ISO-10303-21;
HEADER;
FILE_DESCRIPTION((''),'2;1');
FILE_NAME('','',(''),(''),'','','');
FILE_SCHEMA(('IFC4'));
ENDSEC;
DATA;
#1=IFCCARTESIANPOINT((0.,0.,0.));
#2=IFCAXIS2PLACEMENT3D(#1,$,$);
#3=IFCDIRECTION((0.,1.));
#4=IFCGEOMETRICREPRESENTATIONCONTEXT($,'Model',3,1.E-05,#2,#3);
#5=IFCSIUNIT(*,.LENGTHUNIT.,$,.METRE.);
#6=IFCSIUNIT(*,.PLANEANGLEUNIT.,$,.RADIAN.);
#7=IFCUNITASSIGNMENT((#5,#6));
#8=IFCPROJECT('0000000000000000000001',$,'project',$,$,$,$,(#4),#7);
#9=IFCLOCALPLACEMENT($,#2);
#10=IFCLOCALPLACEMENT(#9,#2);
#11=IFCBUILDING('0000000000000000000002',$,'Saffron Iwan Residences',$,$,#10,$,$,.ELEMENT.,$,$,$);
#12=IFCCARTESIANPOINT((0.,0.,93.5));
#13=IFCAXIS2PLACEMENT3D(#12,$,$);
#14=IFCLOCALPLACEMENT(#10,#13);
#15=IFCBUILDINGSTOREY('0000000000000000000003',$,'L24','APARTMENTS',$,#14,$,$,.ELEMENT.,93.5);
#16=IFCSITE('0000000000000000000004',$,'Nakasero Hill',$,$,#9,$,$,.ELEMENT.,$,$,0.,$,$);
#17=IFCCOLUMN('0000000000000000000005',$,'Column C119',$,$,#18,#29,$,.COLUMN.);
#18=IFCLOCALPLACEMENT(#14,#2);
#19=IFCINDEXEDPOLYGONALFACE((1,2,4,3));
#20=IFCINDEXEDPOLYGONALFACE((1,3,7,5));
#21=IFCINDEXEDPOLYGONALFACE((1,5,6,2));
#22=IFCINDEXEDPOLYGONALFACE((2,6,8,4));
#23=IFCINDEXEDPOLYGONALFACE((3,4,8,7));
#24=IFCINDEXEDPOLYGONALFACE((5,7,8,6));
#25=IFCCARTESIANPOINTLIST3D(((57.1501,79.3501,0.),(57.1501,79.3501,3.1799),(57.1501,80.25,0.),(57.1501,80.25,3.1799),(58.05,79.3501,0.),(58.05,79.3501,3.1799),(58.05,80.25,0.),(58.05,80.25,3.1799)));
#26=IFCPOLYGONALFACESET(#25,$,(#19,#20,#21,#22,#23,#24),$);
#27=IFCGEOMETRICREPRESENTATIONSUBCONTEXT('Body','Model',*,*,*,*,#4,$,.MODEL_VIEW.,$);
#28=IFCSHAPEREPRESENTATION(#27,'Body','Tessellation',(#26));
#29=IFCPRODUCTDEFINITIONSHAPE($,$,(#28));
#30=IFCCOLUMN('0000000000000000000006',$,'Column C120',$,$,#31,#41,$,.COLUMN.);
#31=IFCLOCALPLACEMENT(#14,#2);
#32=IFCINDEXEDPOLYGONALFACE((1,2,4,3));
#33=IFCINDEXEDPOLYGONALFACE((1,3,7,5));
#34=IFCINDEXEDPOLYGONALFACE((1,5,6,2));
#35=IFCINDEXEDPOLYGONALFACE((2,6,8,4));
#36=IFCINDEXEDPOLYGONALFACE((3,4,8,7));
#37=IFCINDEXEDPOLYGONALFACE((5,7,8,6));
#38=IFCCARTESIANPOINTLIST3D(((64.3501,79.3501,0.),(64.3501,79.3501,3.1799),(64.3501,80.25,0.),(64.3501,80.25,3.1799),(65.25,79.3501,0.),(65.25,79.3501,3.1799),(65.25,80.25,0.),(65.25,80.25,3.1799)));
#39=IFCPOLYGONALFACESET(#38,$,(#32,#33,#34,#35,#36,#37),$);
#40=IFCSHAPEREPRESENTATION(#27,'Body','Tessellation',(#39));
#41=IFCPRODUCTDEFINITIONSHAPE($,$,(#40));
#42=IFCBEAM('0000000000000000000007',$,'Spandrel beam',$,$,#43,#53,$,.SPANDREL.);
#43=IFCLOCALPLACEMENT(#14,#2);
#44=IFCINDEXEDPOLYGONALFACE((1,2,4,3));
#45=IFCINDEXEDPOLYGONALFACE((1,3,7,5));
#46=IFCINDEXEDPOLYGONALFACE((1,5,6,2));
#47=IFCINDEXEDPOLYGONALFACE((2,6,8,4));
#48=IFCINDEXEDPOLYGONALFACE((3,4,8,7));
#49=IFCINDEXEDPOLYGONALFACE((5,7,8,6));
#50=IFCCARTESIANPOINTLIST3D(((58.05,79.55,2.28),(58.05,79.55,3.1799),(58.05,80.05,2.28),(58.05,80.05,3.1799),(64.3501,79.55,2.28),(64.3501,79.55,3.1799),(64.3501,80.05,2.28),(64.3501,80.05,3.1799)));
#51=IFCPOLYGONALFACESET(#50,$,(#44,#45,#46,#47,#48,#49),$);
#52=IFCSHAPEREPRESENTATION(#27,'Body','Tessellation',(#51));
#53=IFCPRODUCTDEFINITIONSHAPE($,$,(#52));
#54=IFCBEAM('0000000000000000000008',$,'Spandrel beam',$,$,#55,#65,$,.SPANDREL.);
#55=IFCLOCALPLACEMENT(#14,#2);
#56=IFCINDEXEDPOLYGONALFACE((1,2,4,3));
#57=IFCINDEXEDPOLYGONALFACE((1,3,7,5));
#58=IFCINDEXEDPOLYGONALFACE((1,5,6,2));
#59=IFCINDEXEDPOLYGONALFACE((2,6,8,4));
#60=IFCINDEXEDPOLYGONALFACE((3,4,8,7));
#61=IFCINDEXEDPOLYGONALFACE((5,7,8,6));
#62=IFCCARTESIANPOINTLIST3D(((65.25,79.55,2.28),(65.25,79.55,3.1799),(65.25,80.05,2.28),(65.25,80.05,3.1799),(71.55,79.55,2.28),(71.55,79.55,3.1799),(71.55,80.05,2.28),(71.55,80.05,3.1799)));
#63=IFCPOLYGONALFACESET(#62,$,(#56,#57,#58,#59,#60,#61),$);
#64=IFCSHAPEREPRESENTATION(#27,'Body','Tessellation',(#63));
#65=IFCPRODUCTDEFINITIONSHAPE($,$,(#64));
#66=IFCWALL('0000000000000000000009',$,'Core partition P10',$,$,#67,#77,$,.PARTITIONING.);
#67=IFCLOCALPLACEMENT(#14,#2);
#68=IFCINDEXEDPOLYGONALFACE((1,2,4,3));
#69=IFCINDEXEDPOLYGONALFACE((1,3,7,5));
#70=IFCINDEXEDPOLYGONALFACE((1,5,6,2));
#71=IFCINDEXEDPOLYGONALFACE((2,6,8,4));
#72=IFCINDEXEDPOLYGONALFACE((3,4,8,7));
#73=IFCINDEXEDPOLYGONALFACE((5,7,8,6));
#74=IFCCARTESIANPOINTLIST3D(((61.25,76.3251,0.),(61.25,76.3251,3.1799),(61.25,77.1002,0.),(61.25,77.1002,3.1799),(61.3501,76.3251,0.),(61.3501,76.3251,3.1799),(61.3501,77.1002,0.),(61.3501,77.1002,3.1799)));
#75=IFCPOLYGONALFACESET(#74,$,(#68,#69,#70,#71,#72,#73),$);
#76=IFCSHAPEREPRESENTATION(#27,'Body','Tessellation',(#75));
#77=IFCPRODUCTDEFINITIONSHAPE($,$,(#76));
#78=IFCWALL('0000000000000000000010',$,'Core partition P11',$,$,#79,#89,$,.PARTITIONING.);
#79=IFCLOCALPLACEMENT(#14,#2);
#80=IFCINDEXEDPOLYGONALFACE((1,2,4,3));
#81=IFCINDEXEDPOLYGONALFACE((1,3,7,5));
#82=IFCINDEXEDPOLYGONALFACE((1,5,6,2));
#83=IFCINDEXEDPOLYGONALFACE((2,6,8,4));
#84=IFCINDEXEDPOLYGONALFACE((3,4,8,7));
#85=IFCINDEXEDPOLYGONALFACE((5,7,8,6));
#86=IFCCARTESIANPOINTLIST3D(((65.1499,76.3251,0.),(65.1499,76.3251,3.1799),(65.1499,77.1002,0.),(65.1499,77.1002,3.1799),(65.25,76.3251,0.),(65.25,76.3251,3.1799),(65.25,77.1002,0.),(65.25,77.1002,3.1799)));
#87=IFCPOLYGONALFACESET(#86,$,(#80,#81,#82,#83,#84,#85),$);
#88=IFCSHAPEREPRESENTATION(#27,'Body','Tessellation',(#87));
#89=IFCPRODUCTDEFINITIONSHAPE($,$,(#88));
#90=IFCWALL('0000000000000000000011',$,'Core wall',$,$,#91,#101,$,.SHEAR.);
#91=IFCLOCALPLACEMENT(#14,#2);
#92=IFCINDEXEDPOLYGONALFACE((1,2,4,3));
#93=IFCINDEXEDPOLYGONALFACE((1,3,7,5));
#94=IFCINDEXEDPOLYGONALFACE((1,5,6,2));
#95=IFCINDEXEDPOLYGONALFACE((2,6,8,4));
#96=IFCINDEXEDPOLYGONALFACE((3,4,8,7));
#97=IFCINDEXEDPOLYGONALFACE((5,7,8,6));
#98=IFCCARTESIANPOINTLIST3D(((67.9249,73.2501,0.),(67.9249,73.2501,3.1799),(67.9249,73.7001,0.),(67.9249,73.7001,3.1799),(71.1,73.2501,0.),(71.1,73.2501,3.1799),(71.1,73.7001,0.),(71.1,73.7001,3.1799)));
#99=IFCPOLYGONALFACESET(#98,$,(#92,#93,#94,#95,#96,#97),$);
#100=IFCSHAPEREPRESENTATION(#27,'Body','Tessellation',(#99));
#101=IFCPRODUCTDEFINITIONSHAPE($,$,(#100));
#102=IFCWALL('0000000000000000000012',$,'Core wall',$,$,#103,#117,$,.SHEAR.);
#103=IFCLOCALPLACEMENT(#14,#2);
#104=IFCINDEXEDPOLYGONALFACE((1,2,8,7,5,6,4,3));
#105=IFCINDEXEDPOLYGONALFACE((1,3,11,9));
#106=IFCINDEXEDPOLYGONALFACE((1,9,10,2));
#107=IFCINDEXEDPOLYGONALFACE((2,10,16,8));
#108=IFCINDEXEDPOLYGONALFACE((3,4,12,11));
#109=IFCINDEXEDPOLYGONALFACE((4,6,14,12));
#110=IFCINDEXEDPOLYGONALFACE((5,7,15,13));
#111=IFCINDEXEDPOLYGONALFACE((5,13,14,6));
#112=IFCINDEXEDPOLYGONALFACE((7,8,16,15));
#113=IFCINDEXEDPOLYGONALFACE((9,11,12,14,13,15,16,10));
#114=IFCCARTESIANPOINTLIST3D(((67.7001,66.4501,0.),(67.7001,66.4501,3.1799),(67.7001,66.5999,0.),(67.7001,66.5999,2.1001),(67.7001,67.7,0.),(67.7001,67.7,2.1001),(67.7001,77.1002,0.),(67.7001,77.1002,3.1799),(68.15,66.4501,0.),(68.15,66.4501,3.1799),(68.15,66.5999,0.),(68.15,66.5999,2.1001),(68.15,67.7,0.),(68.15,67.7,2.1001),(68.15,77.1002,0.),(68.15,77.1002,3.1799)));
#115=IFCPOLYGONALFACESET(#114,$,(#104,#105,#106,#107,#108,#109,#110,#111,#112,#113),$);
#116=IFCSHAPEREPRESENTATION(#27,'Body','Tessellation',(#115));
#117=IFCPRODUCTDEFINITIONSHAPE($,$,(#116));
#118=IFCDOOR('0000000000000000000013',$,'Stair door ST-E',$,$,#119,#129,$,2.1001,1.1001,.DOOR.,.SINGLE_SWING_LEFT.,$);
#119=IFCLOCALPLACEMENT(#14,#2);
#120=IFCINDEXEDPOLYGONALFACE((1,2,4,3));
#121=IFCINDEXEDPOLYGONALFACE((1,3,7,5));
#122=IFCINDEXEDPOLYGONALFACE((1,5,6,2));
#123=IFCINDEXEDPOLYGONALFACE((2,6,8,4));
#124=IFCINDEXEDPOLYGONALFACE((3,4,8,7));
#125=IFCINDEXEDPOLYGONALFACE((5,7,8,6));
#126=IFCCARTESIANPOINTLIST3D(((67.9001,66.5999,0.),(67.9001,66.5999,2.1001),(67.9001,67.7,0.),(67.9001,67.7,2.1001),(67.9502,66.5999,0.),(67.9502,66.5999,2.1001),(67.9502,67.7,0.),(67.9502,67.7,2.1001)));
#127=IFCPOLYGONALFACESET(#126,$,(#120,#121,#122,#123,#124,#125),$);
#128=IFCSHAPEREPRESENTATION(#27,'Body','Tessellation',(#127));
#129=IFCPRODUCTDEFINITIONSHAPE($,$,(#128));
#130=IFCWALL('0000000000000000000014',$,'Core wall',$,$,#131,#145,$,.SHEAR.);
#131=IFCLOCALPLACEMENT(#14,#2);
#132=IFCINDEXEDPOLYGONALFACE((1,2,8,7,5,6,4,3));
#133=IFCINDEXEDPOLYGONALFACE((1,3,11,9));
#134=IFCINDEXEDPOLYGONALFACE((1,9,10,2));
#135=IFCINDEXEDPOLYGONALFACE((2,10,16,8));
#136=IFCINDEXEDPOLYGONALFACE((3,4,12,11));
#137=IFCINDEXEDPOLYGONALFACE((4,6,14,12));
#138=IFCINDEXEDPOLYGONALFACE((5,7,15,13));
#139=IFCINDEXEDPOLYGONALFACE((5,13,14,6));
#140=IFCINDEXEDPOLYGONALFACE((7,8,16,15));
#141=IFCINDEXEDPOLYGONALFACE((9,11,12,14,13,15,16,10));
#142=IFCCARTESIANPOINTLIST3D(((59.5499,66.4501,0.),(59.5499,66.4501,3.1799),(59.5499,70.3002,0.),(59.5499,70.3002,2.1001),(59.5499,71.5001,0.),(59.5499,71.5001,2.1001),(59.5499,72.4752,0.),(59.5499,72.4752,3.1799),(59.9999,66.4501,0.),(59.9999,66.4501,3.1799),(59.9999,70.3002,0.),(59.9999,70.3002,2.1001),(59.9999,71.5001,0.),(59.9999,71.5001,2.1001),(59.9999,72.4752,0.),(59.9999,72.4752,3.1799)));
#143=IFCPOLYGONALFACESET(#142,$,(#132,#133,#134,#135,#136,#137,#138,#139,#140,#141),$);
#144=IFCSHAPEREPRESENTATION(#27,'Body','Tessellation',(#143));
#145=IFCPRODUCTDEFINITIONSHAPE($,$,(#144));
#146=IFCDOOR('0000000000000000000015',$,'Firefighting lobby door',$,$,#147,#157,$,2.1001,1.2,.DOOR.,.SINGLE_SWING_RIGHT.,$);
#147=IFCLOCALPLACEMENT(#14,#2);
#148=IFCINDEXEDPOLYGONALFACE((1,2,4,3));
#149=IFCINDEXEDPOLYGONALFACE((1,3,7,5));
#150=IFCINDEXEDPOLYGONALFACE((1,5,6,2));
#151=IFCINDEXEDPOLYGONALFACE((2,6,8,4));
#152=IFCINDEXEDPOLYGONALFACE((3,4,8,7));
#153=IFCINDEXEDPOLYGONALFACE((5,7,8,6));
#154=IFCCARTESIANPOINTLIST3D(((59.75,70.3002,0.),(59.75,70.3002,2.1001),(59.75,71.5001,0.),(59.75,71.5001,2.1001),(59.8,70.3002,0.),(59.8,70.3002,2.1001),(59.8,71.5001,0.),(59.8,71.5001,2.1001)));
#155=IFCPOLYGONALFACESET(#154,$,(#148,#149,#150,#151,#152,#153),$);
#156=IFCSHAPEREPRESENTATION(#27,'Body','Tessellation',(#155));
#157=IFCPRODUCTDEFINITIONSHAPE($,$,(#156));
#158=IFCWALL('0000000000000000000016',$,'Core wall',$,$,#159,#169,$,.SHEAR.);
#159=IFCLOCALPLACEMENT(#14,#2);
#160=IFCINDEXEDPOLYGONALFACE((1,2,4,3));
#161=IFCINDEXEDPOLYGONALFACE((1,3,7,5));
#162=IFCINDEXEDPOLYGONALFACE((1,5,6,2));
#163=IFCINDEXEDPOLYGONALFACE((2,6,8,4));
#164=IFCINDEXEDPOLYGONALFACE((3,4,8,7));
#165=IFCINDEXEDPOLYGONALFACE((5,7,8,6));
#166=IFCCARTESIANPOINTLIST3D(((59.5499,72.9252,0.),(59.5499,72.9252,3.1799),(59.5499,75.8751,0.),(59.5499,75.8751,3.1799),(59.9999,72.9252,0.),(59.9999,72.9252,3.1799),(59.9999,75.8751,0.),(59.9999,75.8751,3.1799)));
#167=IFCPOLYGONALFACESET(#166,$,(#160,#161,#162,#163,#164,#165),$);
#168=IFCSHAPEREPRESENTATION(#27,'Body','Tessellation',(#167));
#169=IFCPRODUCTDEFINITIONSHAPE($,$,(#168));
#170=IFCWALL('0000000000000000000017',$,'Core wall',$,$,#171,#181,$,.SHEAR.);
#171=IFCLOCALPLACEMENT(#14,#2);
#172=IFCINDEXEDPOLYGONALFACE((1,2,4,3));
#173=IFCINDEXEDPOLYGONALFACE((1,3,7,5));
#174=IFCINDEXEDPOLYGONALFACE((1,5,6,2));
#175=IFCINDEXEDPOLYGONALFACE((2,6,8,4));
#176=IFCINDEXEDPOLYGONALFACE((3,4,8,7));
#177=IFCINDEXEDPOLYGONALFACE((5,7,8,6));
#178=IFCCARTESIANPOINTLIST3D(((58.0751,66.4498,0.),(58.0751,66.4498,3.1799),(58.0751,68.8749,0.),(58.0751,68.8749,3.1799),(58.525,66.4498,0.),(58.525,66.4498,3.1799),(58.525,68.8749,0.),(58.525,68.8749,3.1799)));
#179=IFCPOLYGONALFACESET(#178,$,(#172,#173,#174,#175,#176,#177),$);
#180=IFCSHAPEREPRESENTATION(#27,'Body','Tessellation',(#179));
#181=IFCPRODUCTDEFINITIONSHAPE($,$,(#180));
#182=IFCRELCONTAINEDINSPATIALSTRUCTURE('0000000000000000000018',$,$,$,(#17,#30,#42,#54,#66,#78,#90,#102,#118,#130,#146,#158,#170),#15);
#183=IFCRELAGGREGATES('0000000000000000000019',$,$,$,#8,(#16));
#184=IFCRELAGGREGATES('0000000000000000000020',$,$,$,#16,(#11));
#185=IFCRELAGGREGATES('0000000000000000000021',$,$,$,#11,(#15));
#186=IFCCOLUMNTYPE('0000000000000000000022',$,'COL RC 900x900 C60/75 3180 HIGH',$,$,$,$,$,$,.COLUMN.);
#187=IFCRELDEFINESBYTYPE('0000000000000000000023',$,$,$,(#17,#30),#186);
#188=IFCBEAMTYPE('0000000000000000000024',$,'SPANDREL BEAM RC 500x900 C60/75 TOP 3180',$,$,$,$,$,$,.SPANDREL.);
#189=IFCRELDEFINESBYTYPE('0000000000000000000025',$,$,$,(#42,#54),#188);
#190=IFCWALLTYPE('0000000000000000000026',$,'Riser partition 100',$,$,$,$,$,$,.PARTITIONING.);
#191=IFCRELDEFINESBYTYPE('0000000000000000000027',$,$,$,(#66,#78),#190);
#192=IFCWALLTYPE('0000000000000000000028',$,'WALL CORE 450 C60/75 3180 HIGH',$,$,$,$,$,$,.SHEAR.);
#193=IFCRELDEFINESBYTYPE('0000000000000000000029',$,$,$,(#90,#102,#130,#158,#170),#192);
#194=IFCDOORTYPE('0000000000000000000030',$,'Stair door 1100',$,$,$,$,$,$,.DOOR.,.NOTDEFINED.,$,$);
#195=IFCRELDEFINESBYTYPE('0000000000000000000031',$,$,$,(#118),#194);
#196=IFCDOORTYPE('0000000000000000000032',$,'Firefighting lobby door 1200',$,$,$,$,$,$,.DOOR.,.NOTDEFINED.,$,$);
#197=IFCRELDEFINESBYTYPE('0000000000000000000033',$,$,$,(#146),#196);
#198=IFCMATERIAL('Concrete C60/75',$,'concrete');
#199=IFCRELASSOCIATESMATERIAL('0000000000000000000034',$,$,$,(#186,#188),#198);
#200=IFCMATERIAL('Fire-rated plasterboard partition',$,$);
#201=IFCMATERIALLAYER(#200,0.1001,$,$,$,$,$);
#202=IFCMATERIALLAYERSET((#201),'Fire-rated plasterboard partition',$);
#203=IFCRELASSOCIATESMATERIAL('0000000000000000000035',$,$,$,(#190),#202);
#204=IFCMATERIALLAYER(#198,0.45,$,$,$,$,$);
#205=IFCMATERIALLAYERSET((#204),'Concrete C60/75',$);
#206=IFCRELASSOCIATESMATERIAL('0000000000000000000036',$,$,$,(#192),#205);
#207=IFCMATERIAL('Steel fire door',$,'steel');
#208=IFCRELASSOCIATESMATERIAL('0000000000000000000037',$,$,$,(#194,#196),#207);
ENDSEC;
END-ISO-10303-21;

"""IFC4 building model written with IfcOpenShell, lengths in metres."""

from ifc_helpers import new_model, si_unit, direction, frame, frame_2d, origin, origin_2d, place, context, subcontext, project, spatial, rectangle, extrude, source, transform, mapped, material, layer, layer_set, material_profile, profile_set, type_object, element, fill, save


model = new_model("IFC4")

# Units and contexts
model_context = context("Model", 3, precision=1e-05, world=origin(), true_north=direction((0.0, 1.0)))
body_context = subcontext(model_context, "Body", "Model", "MODEL_VIEW")
ifc_project = project(units=[si_unit("LENGTHUNIT", "METRE"), si_unit("PLANEANGLEUNIT", "RADIAN")], contexts=[model_context])

# Site, building, storey
site_placement = place(None, origin())
site = spatial("IfcSite", under=ifc_project, at=site_placement, Name="Nakasero Hill", CompositionType="ELEMENT", RefElevation=0.0)
building_placement = place(site_placement, origin())
building = spatial("IfcBuilding", under=site, at=building_placement, Name="Saffron Iwan Residences", CompositionType="ELEMENT")
storey_placement = place(building_placement, frame((0.0, 0.0, 93.5)))
storey = spatial("IfcBuildingStorey", under=building, at=storey_placement, Name="L24", Description="APARTMENTS", CompositionType="ELEMENT", Elevation=93.5)

# Columns
ifc_material_1 = material(Name="Concrete C60/75", Category="concrete")
ifc_material_profile_1 = material_profile(ifc_material_1, rectangle(XDim=0.8999, YDim=0.8999, at=origin_2d()), Name="RC 900x900")
ifc_profile_set_1 = profile_set([ifc_material_profile_1], Name="Concrete C60/75")
column_type = type_object("IfcColumnType", Name="COL RC 900x900 C60/75 3180 HIGH", PredefinedType="COLUMN", material=ifc_profile_set_1)
shared_shape_1 = source(origin(), body_context, "Body", "SweptSolid", [
    extrude(rectangle(XDim=0.8999, YDim=0.8999, at=origin_2d()), origin(), (0.0, 0.0, 1.0), 3.1799),
])
for number, where, z_axis, x_axis, name in (
    (1, (57.6001, 79.8, 0.0), (0.0, 0.0, 1.0), (1.0, 0.0, 0.0), "Column C119"),
    (2, (64.8, 79.8, 0.0), (0.0, 0.0, 1.0), (1.0, 0.0, 0.0), "Column C120"),
):
    element("IfcColumn", number, at=place(storey_placement, frame(where, z_axis=z_axis, x_axis=x_axis)), inside=storey, type_object=column_type, Name=name, PredefinedType="COLUMN", context=body_context, shape_type="MappedRepresentation", body=[
        mapped(shared_shape_1, transform((0.0, 0.0, 0.0))),
    ])

# Beams
ifc_material_profile_2 = material_profile(ifc_material_1, rectangle(XDim=0.5, YDim=0.8999, at=origin_2d()), Name="RC 500x900")
ifc_profile_set_2 = profile_set([ifc_material_profile_2], Name="Concrete C60/75")
beam_type = type_object("IfcBeamType", Name="SPANDREL BEAM RC 500x900 C60/75 TOP 3180", PredefinedType="SPANDREL", material=ifc_profile_set_2)
shared_shape_2 = source(origin(), body_context, "Body", "SweptSolid", [
    extrude(rectangle(XDim=0.5, YDim=0.8999, at=origin_2d()), origin(), (0.0, 0.0, 1.0), 6.3),
])
for number, where, z_axis, x_axis, name in (
    (3, (58.05, 79.8, 2.73), (1.0, 0.0, 0.0), (0.0, 1.0, 0.0), "Spandrel beam"),
    (4, (65.25, 79.8, 2.73), (1.0, 0.0, 0.0), (0.0, 1.0, 0.0), "Spandrel beam"),
):
    element("IfcBeam", number, at=place(storey_placement, frame(where, z_axis=z_axis, x_axis=x_axis)), inside=storey, type_object=beam_type, Name=name, PredefinedType="SPANDREL", context=body_context, shape_type="MappedRepresentation", body=[
        mapped(shared_shape_2, transform((0.0, 0.0, 0.0))),
    ])

# Walls
ifc_material_2 = material(Name="Fire-rated plasterboard partition")
ifc_layer_1 = layer(ifc_material_2, 0.1001)
ifc_layer_set_1 = layer_set([ifc_layer_1], Name="Fire-rated plasterboard partition")
wall_type_1 = type_object("IfcWallType", Name="Riser partition 100", PredefinedType="PARTITIONING", material=ifc_layer_set_1)
for number, where, z_axis, x_axis, name in (
    (5, (61.3, 76.325, 0.0), (0.0, 0.0, 1.0), (0.0, 1.0, 0.0), "Core partition P10"),
    (6, (65.2, 76.325, 0.0), (0.0, 0.0, 1.0), (0.0, 1.0, 0.0), "Core partition P11"),
):
    element("IfcWall", number, at=place(storey_placement, frame(where, z_axis=z_axis, x_axis=x_axis)), inside=storey, type_object=wall_type_1, Name=name, PredefinedType="PARTITIONING", context=body_context, shape_type="SweptSolid", body=[
        extrude(rectangle(XDim=0.7751, YDim=0.1001, at=frame_2d((0.3877, 0.0))), origin(), (0.0, 0.0, 1.0), 3.1799),
    ])
ifc_layer_2 = layer(ifc_material_1, 0.45)
ifc_layer_set_2 = layer_set([ifc_layer_2], Name="Concrete C60/75")
wall_type_2 = type_object("IfcWallType", Name="WALL CORE 450 C60/75 3180 HIGH", PredefinedType="SHEAR", material=ifc_layer_set_2)
wall_1_placement = place(storey_placement, frame((67.925, 73.4751, 0.0), z_axis=(0.0, 0.0, 1.0), x_axis=(1.0, 0.0, 0.0)))
element("IfcWall", 7, at=wall_1_placement, inside=storey, type_object=wall_type_2, Name="Core wall", PredefinedType="SHEAR", context=body_context, shape_type="SweptSolid", body=[
    extrude(rectangle(XDim=3.175, YDim=0.45, at=frame_2d((1.5874, 0.0))), origin(), (0.0, 0.0, 1.0), 3.1799),
])

# Walls, openings, doors
wall_2_placement = place(storey_placement, frame((67.925, 66.45, 0.0), z_axis=(0.0, 0.0, 1.0), x_axis=(0.0, 1.0, 0.0)))
wall_2 = element("IfcWall", 8, at=wall_2_placement, inside=storey, type_object=wall_type_2, Name="Core wall", PredefinedType="SHEAR", context=body_context, shape_type="SweptSolid", body=[
    extrude(rectangle(XDim=10.6501, YDim=0.45, at=frame_2d((5.3252, 0.0))), origin(), (0.0, 0.0, 1.0), 3.1799),
])
opening_1_placement = place(wall_2_placement, frame((0.1499, 0.0, 0.0)))
opening_1 = element("IfcOpeningElement", 9, at=opening_1_placement, cuts=wall_2, PredefinedType="OPENING", context=body_context, shape_type="SweptSolid", body=[
    extrude(rectangle(XDim=1.1001, YDim=2.1001, at=frame_2d((0.55, 1.05))), frame((0.0, 0.2349, 0.0), z_axis=(0.0, -1.0, 0.0), x_axis=(1.0, 0.0, 0.0)), (0.0, 0.0, 1.0), 0.47),
])
ifc_material_3 = material(Name="Steel fire door", Category="steel")
door_type_1 = type_object("IfcDoorType", Name="Stair door 1100", OperationType="NOTDEFINED", PredefinedType="DOOR", material=ifc_material_3)
door_1_placement = place(opening_1_placement, origin())
door_1 = element("IfcDoor", 10, at=door_1_placement, inside=storey, type_object=door_type_1, Name="Stair door ST-E", OperationType="SINGLE_SWING_LEFT", OverallHeight=2.1001, OverallWidth=1.1001, PredefinedType="DOOR", context=body_context, shape_type="SweptSolid", body=[
    extrude(rectangle(XDim=1.1001, YDim=2.1001, at=frame_2d((0.55, 1.05))), frame((0.0, 0.0249, 0.0), z_axis=(0.0, -1.0, 0.0), x_axis=(1.0, 0.0, 0.0)), (0.0, 0.0, 1.0), 0.05),
])
fill(opening_1, door_1)
wall_3_placement = place(storey_placement, frame((59.7749, 66.45, 0.0), z_axis=(0.0, 0.0, 1.0), x_axis=(0.0, 1.0, 0.0)))
wall_3 = element("IfcWall", 11, at=wall_3_placement, inside=storey, type_object=wall_type_2, Name="Core wall", PredefinedType="SHEAR", context=body_context, shape_type="SweptSolid", body=[
    extrude(rectangle(XDim=6.0251, YDim=0.45, at=frame_2d((3.0127, 0.0))), origin(), (0.0, 0.0, 1.0), 3.1799),
])
opening_2_placement = place(wall_3_placement, frame((3.8501, 0.0, 0.0)))
opening_2 = element("IfcOpeningElement", 12, at=opening_2_placement, cuts=wall_3, PredefinedType="OPENING", context=body_context, shape_type="SweptSolid", body=[
    extrude(rectangle(XDim=1.2, YDim=2.1001, at=frame_2d((0.6001, 1.05))), frame((0.0, 0.2349, 0.0), z_axis=(0.0, -1.0, 0.0), x_axis=(1.0, 0.0, 0.0)), (0.0, 0.0, 1.0), 0.47),
])
door_type_2 = type_object("IfcDoorType", Name="Firefighting lobby door 1200", OperationType="NOTDEFINED", PredefinedType="DOOR", material=ifc_material_3)
door_2_placement = place(opening_2_placement, origin())
door_2 = element("IfcDoor", 13, at=door_2_placement, inside=storey, type_object=door_type_2, Name="Firefighting lobby door", OperationType="SINGLE_SWING_RIGHT", OverallHeight=2.1001, OverallWidth=1.2, PredefinedType="DOOR", context=body_context, shape_type="SweptSolid", body=[
    extrude(rectangle(XDim=1.2, YDim=2.1001, at=frame_2d((0.6001, 1.05))), frame((0.0, 0.0249, 0.0), z_axis=(0.0, -1.0, 0.0), x_axis=(1.0, 0.0, 0.0)), (0.0, 0.0, 1.0), 0.05),
])
fill(opening_2, door_2)

# Walls
wall_4_placement = place(storey_placement, frame((59.7749, 72.925, 0.0), z_axis=(0.0, 0.0, 1.0), x_axis=(0.0, 1.0, 0.0)))
element("IfcWall", 14, at=wall_4_placement, inside=storey, type_object=wall_type_2, Name="Core wall", PredefinedType="SHEAR", context=body_context, shape_type="SweptSolid", body=[
    extrude(rectangle(XDim=2.95, YDim=0.45, at=frame_2d((1.4751, 0.0))), origin(), (0.0, 0.0, 1.0), 3.1799),
])
wall_5_placement = place(storey_placement, frame((58.3, 66.45, 0.0), z_axis=(0.0, 0.0, 1.0), x_axis=(0.0, 1.0, 0.0)))
element("IfcWall", 15, at=wall_5_placement, inside=storey, type_object=wall_type_2, Name="Core wall", PredefinedType="SHEAR", context=body_context, shape_type="SweptSolid", body=[
    extrude(rectangle(XDim=2.425, YDim=0.45, at=frame_2d((1.2124, 0.0))), origin(), (0.0, 0.0, 1.0), 3.1799),
])

save(model, "model.ifc")
